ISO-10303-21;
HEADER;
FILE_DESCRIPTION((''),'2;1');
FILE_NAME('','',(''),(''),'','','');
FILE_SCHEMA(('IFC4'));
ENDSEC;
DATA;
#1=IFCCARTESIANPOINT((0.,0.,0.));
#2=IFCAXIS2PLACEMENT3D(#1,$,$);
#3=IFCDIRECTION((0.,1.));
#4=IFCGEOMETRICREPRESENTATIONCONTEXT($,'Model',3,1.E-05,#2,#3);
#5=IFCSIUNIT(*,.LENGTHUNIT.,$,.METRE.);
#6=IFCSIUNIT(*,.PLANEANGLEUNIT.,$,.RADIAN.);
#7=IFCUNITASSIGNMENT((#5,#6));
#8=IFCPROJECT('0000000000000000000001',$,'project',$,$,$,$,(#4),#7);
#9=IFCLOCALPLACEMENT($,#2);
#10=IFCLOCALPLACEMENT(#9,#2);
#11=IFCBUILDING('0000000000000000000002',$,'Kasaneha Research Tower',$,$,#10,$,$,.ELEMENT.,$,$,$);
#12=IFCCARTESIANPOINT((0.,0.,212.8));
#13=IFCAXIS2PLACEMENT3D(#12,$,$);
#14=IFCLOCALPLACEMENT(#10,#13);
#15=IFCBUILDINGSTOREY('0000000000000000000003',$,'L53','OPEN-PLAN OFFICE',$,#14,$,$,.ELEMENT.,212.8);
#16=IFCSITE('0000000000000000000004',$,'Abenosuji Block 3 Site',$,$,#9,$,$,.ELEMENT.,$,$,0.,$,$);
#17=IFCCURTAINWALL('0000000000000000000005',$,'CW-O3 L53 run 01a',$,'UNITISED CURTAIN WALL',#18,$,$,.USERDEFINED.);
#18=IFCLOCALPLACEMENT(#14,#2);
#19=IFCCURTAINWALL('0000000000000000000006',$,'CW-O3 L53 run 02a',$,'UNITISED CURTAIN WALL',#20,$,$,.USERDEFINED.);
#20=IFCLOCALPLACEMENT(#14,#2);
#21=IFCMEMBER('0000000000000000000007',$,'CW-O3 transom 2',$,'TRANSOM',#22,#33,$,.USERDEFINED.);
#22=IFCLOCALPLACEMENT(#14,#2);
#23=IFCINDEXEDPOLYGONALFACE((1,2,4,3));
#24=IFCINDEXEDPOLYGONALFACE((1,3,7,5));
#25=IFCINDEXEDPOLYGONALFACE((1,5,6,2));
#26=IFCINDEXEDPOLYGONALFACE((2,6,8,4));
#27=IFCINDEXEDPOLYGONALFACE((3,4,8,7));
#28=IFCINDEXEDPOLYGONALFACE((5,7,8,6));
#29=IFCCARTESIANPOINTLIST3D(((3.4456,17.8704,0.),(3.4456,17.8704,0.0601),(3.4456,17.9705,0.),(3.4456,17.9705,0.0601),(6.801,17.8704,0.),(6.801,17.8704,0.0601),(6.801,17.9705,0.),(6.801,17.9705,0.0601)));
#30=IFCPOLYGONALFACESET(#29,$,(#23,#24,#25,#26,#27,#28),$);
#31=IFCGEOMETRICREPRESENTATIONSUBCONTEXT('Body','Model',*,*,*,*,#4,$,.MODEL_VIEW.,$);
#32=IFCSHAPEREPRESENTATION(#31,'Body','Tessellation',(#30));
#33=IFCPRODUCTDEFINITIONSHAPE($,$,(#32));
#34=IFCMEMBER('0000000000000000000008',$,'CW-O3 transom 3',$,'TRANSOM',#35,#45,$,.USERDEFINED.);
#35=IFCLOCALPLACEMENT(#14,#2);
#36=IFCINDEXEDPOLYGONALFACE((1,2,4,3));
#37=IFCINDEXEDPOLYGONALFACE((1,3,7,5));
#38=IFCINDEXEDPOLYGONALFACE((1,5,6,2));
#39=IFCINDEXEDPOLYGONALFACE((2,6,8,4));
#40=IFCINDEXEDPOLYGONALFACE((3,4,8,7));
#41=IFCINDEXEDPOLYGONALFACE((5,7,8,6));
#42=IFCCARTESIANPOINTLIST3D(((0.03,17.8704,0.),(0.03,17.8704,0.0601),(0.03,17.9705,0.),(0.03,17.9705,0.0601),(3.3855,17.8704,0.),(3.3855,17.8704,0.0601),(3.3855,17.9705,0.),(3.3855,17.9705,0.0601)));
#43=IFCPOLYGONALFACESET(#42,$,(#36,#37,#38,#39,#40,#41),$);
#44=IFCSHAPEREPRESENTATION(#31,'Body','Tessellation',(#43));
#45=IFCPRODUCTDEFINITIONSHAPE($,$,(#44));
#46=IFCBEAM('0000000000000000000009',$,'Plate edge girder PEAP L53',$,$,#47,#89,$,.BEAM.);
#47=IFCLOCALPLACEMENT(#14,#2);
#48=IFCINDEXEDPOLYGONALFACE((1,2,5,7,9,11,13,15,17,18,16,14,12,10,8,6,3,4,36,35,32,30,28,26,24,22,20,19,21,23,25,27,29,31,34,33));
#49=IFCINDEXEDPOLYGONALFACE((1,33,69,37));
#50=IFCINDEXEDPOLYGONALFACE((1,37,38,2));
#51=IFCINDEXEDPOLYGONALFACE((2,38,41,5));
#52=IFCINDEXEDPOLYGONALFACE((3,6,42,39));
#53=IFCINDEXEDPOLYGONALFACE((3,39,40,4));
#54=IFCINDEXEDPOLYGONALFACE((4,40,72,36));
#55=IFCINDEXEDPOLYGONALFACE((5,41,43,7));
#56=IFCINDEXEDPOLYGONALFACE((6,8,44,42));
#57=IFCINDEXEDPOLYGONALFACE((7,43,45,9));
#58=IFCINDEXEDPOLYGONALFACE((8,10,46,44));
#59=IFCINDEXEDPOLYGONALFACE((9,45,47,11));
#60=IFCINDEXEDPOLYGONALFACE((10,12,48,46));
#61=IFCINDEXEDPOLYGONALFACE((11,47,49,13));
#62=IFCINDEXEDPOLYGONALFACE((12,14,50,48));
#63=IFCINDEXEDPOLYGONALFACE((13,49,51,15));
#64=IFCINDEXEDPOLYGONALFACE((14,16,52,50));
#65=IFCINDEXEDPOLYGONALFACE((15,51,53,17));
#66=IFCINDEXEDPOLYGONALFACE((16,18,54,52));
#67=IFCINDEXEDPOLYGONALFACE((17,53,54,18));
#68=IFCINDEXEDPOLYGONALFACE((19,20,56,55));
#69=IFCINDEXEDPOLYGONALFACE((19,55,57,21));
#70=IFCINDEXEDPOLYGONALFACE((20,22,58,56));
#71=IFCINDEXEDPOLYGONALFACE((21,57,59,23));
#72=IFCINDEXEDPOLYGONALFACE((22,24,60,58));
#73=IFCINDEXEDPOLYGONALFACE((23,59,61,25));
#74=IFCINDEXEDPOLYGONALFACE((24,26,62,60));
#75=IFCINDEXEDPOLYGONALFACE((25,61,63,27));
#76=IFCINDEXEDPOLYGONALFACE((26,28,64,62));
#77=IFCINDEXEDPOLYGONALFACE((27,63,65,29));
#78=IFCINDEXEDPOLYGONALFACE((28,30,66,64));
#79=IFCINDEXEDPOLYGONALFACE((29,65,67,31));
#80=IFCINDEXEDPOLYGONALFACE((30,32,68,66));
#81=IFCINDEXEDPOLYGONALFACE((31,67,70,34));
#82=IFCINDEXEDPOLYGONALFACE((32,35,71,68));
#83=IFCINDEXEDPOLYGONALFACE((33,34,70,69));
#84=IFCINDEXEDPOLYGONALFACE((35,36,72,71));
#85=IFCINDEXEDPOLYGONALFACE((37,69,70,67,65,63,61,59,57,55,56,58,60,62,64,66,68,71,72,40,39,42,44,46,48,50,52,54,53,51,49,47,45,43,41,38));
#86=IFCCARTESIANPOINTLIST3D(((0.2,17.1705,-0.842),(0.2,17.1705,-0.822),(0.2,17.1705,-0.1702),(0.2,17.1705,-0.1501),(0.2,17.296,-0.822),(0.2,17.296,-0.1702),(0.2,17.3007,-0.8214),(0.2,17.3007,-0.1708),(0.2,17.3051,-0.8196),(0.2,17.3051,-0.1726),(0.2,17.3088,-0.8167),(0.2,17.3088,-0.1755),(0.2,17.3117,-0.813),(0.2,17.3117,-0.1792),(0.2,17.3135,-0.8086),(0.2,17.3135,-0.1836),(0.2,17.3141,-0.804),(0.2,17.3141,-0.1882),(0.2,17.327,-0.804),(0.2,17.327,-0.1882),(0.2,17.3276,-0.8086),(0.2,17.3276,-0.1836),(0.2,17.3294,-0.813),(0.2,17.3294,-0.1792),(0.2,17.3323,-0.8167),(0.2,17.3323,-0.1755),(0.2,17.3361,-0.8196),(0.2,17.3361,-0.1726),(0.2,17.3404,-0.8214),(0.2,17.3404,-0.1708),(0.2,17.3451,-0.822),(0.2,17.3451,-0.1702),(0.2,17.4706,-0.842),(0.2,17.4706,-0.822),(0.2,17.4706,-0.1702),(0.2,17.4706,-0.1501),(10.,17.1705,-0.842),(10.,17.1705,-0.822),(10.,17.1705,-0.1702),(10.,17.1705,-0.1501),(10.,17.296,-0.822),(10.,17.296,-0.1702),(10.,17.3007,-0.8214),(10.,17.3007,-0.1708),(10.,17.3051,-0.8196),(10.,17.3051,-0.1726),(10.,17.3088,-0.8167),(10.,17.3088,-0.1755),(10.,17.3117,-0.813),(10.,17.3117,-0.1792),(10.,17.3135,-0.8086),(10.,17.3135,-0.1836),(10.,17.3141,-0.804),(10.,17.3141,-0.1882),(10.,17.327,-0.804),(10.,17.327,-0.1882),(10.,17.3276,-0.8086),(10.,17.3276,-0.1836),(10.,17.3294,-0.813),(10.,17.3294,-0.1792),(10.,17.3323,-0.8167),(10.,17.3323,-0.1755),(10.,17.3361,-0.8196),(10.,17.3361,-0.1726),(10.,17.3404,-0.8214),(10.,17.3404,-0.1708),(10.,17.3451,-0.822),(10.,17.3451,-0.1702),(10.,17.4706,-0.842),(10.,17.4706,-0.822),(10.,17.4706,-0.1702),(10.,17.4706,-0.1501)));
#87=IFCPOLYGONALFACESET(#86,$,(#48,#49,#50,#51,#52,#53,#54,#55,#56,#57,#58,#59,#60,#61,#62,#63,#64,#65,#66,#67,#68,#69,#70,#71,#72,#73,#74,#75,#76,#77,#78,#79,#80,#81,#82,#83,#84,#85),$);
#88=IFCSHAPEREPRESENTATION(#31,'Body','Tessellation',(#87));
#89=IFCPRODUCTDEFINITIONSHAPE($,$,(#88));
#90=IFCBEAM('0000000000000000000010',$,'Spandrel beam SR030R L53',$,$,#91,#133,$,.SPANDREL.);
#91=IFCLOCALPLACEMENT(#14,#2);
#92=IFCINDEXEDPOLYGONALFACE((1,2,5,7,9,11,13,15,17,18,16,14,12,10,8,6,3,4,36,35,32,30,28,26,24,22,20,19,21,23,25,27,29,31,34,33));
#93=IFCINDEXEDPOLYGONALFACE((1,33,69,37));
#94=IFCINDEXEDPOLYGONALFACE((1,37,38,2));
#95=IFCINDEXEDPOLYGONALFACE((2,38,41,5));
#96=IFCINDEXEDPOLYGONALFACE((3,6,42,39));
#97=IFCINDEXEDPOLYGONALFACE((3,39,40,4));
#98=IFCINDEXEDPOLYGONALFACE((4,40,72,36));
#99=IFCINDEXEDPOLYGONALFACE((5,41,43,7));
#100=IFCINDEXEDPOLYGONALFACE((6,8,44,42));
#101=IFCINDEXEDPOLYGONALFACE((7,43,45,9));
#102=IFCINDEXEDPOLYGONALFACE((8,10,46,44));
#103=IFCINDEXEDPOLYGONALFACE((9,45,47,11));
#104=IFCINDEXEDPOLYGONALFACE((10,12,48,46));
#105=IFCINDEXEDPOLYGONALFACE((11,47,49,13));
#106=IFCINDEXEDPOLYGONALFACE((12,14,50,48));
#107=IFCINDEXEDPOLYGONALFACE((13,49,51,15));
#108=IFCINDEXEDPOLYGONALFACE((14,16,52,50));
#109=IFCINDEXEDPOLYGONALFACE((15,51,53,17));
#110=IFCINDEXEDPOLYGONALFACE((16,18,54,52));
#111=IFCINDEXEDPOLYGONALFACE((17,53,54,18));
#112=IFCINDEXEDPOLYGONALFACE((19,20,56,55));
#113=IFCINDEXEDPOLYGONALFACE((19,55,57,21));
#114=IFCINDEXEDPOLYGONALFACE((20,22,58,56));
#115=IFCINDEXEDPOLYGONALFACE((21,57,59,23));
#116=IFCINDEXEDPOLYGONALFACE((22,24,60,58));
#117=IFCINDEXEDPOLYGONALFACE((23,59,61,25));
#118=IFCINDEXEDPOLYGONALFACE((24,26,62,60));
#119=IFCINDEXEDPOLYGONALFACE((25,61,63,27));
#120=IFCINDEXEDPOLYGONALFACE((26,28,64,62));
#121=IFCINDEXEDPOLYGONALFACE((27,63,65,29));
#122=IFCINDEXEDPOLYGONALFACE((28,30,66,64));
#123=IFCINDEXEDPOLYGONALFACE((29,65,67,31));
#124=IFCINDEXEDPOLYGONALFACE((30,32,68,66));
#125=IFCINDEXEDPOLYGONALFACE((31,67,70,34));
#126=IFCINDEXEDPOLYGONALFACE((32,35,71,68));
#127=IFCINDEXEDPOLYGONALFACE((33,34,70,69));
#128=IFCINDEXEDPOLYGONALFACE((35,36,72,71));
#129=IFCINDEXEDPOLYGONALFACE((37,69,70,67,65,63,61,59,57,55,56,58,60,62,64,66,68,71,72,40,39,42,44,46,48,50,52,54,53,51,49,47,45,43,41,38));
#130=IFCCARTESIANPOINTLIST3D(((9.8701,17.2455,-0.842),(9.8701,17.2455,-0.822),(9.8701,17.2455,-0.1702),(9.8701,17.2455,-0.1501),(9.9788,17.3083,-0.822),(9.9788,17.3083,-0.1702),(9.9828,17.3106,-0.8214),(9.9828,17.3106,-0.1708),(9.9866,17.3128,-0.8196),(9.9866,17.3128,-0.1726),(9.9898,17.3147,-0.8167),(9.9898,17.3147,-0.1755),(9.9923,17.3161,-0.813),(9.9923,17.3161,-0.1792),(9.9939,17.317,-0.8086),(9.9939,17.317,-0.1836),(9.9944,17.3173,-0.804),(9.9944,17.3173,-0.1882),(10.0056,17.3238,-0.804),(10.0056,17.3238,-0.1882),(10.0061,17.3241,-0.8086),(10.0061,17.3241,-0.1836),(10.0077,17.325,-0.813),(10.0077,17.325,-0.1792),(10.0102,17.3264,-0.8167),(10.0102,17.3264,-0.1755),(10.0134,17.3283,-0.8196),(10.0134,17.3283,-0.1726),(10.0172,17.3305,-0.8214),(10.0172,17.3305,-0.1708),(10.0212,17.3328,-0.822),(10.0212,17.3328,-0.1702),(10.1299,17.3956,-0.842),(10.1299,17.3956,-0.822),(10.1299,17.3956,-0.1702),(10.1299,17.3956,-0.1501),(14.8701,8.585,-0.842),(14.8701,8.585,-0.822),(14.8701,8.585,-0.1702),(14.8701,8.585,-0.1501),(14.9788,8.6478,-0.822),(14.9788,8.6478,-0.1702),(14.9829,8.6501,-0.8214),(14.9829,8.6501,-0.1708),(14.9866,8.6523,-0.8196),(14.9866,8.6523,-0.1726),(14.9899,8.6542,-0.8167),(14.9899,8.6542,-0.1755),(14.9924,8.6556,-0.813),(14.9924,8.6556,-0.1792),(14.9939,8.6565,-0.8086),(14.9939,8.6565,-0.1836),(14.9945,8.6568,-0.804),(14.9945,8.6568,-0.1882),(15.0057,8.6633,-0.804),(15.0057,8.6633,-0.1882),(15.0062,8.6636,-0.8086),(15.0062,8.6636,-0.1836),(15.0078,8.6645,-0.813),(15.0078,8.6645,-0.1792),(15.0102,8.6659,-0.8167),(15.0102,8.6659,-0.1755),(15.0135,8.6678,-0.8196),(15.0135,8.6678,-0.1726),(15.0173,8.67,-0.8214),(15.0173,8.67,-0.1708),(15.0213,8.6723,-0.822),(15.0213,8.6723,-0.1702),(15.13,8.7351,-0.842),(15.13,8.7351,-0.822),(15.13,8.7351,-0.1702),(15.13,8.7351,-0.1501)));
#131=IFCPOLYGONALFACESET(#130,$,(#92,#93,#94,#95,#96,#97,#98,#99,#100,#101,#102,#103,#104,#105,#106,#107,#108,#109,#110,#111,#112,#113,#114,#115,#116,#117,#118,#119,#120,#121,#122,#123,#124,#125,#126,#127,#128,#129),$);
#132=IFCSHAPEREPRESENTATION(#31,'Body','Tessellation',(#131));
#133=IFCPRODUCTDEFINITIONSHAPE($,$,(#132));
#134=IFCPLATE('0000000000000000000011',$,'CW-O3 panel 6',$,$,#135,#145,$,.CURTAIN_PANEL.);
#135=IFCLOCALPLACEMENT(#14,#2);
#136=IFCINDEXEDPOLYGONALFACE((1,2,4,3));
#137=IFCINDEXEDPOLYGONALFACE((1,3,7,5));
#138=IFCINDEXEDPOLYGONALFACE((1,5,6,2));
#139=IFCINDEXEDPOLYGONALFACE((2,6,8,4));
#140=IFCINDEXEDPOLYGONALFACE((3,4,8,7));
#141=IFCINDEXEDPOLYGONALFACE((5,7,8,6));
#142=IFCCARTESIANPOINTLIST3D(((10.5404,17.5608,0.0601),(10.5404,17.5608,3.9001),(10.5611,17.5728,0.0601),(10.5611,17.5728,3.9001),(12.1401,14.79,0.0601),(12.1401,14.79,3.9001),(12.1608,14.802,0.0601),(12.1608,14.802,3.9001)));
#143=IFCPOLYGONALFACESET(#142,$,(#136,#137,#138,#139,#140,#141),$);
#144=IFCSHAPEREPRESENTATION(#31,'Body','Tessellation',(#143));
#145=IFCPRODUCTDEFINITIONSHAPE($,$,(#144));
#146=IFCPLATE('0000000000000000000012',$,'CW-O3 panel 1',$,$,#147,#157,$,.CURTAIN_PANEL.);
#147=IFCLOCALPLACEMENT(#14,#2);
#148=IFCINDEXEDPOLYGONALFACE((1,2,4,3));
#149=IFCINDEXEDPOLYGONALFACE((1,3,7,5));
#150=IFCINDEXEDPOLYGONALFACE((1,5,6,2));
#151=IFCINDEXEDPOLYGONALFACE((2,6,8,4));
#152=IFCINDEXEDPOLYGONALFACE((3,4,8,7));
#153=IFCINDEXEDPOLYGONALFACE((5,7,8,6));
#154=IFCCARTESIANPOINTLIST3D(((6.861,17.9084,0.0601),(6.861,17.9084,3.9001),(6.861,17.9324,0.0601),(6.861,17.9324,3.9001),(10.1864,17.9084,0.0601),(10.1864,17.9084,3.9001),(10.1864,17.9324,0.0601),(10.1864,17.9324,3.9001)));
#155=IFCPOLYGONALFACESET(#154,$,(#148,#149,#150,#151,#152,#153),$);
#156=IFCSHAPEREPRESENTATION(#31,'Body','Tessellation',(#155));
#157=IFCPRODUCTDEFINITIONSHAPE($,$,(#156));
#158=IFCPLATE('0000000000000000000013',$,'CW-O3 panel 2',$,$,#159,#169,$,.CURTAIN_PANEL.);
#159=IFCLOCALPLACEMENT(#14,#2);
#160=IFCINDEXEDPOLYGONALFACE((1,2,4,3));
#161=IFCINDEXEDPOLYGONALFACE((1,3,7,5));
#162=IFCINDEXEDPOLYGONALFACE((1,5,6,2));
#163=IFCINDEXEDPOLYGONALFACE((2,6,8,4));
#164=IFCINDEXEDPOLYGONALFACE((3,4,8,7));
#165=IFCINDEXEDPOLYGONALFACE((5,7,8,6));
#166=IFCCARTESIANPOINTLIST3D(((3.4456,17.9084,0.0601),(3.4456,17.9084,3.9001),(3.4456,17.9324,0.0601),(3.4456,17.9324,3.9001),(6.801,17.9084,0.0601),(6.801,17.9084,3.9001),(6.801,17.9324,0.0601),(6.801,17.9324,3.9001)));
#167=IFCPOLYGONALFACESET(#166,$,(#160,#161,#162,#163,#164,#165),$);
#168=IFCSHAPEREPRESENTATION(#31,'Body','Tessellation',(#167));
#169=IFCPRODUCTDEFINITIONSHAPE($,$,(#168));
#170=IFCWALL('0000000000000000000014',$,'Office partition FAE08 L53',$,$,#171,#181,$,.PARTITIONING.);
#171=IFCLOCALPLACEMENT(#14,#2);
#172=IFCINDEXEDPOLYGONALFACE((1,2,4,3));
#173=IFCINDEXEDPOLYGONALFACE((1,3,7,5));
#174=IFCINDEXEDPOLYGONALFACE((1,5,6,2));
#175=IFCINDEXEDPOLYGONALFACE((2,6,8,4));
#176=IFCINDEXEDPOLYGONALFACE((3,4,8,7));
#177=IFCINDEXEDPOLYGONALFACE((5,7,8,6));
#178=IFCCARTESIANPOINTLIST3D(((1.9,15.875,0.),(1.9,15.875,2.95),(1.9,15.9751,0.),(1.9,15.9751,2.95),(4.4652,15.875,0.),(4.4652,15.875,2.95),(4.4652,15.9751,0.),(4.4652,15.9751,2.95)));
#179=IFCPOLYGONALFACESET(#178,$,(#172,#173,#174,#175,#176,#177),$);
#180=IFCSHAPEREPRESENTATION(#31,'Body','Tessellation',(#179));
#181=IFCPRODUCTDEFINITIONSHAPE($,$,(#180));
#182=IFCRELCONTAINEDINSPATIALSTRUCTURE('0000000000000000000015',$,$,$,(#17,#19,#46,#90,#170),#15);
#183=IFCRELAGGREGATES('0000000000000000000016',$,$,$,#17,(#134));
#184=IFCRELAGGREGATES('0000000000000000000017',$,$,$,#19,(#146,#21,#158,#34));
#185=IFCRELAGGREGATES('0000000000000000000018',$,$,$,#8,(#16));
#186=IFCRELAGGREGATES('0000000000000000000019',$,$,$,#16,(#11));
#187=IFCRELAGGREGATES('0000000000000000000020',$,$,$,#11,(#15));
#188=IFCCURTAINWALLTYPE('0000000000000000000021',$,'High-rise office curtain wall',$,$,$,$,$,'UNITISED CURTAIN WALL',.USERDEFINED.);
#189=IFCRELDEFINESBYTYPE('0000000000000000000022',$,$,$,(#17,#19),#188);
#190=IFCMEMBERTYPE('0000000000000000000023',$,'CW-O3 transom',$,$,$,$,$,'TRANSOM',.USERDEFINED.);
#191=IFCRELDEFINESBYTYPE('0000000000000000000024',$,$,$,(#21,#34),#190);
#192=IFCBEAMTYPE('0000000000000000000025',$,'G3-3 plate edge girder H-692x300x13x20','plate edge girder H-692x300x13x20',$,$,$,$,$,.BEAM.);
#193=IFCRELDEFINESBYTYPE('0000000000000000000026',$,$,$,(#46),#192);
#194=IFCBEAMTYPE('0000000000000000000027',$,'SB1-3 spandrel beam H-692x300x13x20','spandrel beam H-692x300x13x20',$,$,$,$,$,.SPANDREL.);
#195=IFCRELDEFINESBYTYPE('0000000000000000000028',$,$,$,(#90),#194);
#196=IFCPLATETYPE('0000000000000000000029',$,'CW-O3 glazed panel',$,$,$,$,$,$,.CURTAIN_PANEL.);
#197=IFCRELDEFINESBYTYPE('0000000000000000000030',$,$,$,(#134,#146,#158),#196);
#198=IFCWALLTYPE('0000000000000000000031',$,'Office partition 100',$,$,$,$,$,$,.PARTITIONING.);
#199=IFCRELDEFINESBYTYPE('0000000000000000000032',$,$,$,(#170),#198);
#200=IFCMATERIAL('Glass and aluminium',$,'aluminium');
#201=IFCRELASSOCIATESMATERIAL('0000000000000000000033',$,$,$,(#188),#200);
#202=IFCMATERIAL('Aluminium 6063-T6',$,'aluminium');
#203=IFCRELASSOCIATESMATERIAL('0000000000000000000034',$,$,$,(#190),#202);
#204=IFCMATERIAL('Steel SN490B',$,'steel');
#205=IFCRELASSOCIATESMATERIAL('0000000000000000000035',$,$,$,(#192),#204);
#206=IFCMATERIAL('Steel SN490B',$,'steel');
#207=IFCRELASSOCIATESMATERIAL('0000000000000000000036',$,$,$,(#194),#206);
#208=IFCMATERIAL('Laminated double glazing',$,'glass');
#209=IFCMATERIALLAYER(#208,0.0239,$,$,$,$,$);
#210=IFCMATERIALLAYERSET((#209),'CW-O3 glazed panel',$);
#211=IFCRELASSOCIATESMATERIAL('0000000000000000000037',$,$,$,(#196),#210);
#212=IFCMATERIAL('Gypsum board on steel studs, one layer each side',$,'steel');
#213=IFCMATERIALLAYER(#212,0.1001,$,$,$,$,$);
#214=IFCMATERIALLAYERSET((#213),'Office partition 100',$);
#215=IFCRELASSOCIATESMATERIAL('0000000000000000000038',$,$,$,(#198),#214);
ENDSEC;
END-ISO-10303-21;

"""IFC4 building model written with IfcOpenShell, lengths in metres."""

from ifc_helpers import new_model, si_unit, direction, frame, frame_2d, origin, origin_2d, place, context, subcontext, project, spatial, rectangle, i_section, extrude, material, layer, layer_set, material_profile, profile_set, type_object, element, aggregate, save


model = new_model("IFC4")

# Units and contexts
model_context = context("Model", 3, precision=1e-05, world=origin(), true_north=direction((0.0, 1.0)))
body_context = subcontext(model_context, "Body", "Model", "MODEL_VIEW")
ifc_project = project(units=[si_unit("LENGTHUNIT", "METRE"), si_unit("PLANEANGLEUNIT", "RADIAN")], contexts=[model_context])

# Site, building, storey
site_placement = place(None, origin())
site = spatial("IfcSite", under=ifc_project, at=site_placement, Name="Abenosuji Block 3 Site", CompositionType="ELEMENT", RefElevation=0.0)
building_placement = place(site_placement, origin())
building = spatial("IfcBuilding", under=site, at=building_placement, Name="Kasaneha Research Tower", CompositionType="ELEMENT")
storey_placement = place(building_placement, frame((0.0, 0.0, 212.8)))
storey = spatial("IfcBuildingStorey", under=building, at=storey_placement, Name="L53", Description="OPEN-PLAN OFFICE", CompositionType="ELEMENT", Elevation=212.8)

# Curtain wall
ifc_material_1 = material(Name="Glass and aluminium", Category="aluminium")
curtain_wall_type = type_object("IfcCurtainWallType", Name="High-rise office curtain wall", ElementType="UNITISED CURTAIN WALL", PredefinedType="USERDEFINED", material=ifc_material_1)
curtain_wall_1_placement = place(storey_placement, origin())
curtain_wall_1 = element("IfcCurtainWall", 1, at=curtain_wall_1_placement, inside=storey, type_object=curtain_wall_type, Name="CW-O3 L53 run 01a", ObjectType="UNITISED CURTAIN WALL", PredefinedType="USERDEFINED")

# Curtain wall, members
curtain_wall_2_placement = place(storey_placement, origin())
curtain_wall_2 = element("IfcCurtainWall", 2, at=curtain_wall_2_placement, inside=storey, type_object=curtain_wall_type, Name="CW-O3 L53 run 02a", ObjectType="UNITISED CURTAIN WALL", PredefinedType="USERDEFINED")
ifc_material_2 = material(Name="Aluminium 6063-T6", Category="aluminium")
ifc_material_profile_1 = material_profile(ifc_material_2, rectangle(XDim=0.1001, YDim=0.0601, at=origin_2d()), Name="CW-O3 transom 100x60")
ifc_profile_set_1 = profile_set([ifc_material_profile_1], Name="Aluminium 6063-T6")
member_type_1 = type_object("IfcMemberType", Name="CW-O3 transom", ElementType="TRANSOM", PredefinedType="USERDEFINED", material=ifc_profile_set_1)
member_1_placement = place(storey_placement, frame((6.801, 17.9204, 0.03), z_axis=(-1.0, 0.0, 0.0), x_axis=(0.0, -1.0, 0.0)))
member_1 = element("IfcMember", 3, at=member_1_placement, type_object=member_type_1, Name="CW-O3 transom 2", ObjectType="TRANSOM", PredefinedType="USERDEFINED", context=body_context, shape_type="SweptSolid", body=[
    extrude(rectangle(XDim=0.1001, YDim=0.0601, at=origin_2d()), origin(), (0.0, 0.0, 1.0), 3.3555),
])
member_2_placement = place(storey_placement, frame((3.3855, 17.9204, 0.03), z_axis=(-1.0, 0.0, 0.0), x_axis=(0.0, -1.0, 0.0)))
member_2 = element("IfcMember", 4, at=member_2_placement, type_object=member_type_1, Name="CW-O3 transom 3", ObjectType="TRANSOM", PredefinedType="USERDEFINED", context=body_context, shape_type="SweptSolid", body=[
    extrude(rectangle(XDim=0.1001, YDim=0.0601, at=origin_2d()), origin(), (0.0, 0.0, 1.0), 3.3555),
])

# Beams
ifc_material_3 = material(Name="Steel SN490B", Category="steel")
ifc_material_profile_2 = material_profile(ifc_material_3, i_section(OverallWidth=0.3, OverallDepth=0.6919, WebThickness=0.0129, FlangeThickness=0.02, FilletRadius=0.0181, at=origin_2d()), Name="H-692x300x13x20")
ifc_profile_set_2 = profile_set([ifc_material_profile_2], Name="Steel SN490B")
beam_type_1 = type_object("IfcBeamType", Name="G3-3 plate edge girder H-692x300x13x20", Description="plate edge girder H-692x300x13x20", PredefinedType="BEAM", material=ifc_profile_set_2)
beam_1_placement = place(storey_placement, frame((10.0, 17.3206, -0.4961), z_axis=(-1.0, 0.0, 0.0), x_axis=(0.0, -1.0, 0.0)))
element("IfcBeam", 5, at=beam_1_placement, inside=storey, type_object=beam_type_1, Name="Plate edge girder PEAP L53", PredefinedType="BEAM", context=body_context, shape_type="SweptSolid", body=[
    extrude(i_section(OverallWidth=0.3, OverallDepth=0.6919, WebThickness=0.0129, FlangeThickness=0.02, FilletRadius=0.0181, at=origin_2d()), origin(), (0.0, 0.0, 1.0), 9.8),
])
ifc_material_4 = material(Name="Steel SN490B", Category="steel")
ifc_material_profile_3 = material_profile(ifc_material_4, i_section(OverallWidth=0.3, OverallDepth=0.6919, WebThickness=0.0129, FlangeThickness=0.02, FilletRadius=0.0181, at=origin_2d()), Name="H-692x300x13x20")
ifc_profile_set_3 = profile_set([ifc_material_profile_3], Name="Steel SN490B")
beam_type_2 = type_object("IfcBeamType", Name="SB1-3 spandrel beam H-692x300x13x20", Description="spandrel beam H-692x300x13x20", PredefinedType="SPANDREL", material=ifc_profile_set_3)
beam_2_placement = place(storey_placement, frame((10.0, 17.3206, -0.4961), z_axis=(0.499994, -0.866029, 0.0), x_axis=(0.866029, 0.499994, 0.0)))
element("IfcBeam", 6, at=beam_2_placement, inside=storey, type_object=beam_type_2, Name="Spandrel beam SR030R L53", PredefinedType="SPANDREL", context=body_context, shape_type="SweptSolid", body=[
    extrude(i_section(OverallWidth=0.3, OverallDepth=0.6919, WebThickness=0.0129, FlangeThickness=0.02, FilletRadius=0.0181, at=origin_2d()), origin(), (0.0, 0.0, 1.0), 10.0002),
])

# Plates
ifc_material_5 = material(Name="Laminated double glazing", Category="glass")
ifc_layer_1 = layer(ifc_material_5, 0.0239)
ifc_layer_set_1 = layer_set([ifc_layer_1], Name="CW-O3 glazed panel")
plate_type = type_object("IfcPlateType", Name="CW-O3 glazed panel", PredefinedType="CURTAIN_PANEL", material=ifc_layer_set_1)
plate_1_placement = place(storey_placement, frame((11.3506, 16.1814, 0.0601), z_axis=(0.0, 0.0, 1.0), x_axis=(-0.5, 0.866025, 0.0)))
plate_1 = element("IfcPlate", 7, at=plate_1_placement, type_object=plate_type, Name="CW-O3 panel 6", PredefinedType="CURTAIN_PANEL", context=body_context, shape_type="SweptSolid", body=[
    extrude(rectangle(XDim=3.1995, YDim=0.0239, at=origin_2d()), origin(), (0.0, 0.0, 1.0), 3.8401),
])
aggregate(curtain_wall_1, [plate_1])
plate_2_placement = place(storey_placement, frame((8.5237, 17.9204, 0.0601), z_axis=(0.0, 0.0, 1.0), x_axis=(-1.0, 0.0, 0.0)))
plate_2 = element("IfcPlate", 8, at=plate_2_placement, type_object=plate_type, Name="CW-O3 panel 1", PredefinedType="CURTAIN_PANEL", context=body_context, shape_type="SweptSolid", body=[
    extrude(rectangle(XDim=3.3254, YDim=0.0239, at=origin_2d()), origin(), (0.0, 0.0, 1.0), 3.8401),
])
plate_3_placement = place(storey_placement, frame((5.1233, 17.9204, 0.0601), z_axis=(0.0, 0.0, 1.0), x_axis=(-1.0, 0.0, 0.0)))
plate_3 = element("IfcPlate", 9, at=plate_3_placement, type_object=plate_type, Name="CW-O3 panel 2", PredefinedType="CURTAIN_PANEL", context=body_context, shape_type="SweptSolid", body=[
    extrude(rectangle(XDim=3.3555, YDim=0.0239, at=origin_2d()), origin(), (0.0, 0.0, 1.0), 3.8401),
])
aggregate(curtain_wall_2, [plate_2, member_1, plate_3, member_2])

# Wall
ifc_material_6 = material(Name="Gypsum board on steel studs, one layer each side", Category="steel")
ifc_layer_2 = layer(ifc_material_6, 0.1001)
ifc_layer_set_2 = layer_set([ifc_layer_2], Name="Office partition 100")
wall_type_1 = type_object("IfcWallType", Name="Office partition 100", PredefinedType="PARTITIONING", material=ifc_layer_set_2)
wall_1_placement = place(storey_placement, frame((1.8999, 15.925, 0.0), z_axis=(0.0, 0.0, 1.0), x_axis=(1.0, 0.0, 0.0)))
element("IfcWall", 10, at=wall_1_placement, inside=storey, type_object=wall_type_1, Name="Office partition FAE08 L53", PredefinedType="PARTITIONING", context=body_context, shape_type="SweptSolid", body=[
    extrude(rectangle(XDim=2.5652, YDim=0.1001, at=frame_2d((1.2827, 0.0))), origin(), (0.0, 0.0, 1.0), 2.95),
])

save(model, "model.ifc")
